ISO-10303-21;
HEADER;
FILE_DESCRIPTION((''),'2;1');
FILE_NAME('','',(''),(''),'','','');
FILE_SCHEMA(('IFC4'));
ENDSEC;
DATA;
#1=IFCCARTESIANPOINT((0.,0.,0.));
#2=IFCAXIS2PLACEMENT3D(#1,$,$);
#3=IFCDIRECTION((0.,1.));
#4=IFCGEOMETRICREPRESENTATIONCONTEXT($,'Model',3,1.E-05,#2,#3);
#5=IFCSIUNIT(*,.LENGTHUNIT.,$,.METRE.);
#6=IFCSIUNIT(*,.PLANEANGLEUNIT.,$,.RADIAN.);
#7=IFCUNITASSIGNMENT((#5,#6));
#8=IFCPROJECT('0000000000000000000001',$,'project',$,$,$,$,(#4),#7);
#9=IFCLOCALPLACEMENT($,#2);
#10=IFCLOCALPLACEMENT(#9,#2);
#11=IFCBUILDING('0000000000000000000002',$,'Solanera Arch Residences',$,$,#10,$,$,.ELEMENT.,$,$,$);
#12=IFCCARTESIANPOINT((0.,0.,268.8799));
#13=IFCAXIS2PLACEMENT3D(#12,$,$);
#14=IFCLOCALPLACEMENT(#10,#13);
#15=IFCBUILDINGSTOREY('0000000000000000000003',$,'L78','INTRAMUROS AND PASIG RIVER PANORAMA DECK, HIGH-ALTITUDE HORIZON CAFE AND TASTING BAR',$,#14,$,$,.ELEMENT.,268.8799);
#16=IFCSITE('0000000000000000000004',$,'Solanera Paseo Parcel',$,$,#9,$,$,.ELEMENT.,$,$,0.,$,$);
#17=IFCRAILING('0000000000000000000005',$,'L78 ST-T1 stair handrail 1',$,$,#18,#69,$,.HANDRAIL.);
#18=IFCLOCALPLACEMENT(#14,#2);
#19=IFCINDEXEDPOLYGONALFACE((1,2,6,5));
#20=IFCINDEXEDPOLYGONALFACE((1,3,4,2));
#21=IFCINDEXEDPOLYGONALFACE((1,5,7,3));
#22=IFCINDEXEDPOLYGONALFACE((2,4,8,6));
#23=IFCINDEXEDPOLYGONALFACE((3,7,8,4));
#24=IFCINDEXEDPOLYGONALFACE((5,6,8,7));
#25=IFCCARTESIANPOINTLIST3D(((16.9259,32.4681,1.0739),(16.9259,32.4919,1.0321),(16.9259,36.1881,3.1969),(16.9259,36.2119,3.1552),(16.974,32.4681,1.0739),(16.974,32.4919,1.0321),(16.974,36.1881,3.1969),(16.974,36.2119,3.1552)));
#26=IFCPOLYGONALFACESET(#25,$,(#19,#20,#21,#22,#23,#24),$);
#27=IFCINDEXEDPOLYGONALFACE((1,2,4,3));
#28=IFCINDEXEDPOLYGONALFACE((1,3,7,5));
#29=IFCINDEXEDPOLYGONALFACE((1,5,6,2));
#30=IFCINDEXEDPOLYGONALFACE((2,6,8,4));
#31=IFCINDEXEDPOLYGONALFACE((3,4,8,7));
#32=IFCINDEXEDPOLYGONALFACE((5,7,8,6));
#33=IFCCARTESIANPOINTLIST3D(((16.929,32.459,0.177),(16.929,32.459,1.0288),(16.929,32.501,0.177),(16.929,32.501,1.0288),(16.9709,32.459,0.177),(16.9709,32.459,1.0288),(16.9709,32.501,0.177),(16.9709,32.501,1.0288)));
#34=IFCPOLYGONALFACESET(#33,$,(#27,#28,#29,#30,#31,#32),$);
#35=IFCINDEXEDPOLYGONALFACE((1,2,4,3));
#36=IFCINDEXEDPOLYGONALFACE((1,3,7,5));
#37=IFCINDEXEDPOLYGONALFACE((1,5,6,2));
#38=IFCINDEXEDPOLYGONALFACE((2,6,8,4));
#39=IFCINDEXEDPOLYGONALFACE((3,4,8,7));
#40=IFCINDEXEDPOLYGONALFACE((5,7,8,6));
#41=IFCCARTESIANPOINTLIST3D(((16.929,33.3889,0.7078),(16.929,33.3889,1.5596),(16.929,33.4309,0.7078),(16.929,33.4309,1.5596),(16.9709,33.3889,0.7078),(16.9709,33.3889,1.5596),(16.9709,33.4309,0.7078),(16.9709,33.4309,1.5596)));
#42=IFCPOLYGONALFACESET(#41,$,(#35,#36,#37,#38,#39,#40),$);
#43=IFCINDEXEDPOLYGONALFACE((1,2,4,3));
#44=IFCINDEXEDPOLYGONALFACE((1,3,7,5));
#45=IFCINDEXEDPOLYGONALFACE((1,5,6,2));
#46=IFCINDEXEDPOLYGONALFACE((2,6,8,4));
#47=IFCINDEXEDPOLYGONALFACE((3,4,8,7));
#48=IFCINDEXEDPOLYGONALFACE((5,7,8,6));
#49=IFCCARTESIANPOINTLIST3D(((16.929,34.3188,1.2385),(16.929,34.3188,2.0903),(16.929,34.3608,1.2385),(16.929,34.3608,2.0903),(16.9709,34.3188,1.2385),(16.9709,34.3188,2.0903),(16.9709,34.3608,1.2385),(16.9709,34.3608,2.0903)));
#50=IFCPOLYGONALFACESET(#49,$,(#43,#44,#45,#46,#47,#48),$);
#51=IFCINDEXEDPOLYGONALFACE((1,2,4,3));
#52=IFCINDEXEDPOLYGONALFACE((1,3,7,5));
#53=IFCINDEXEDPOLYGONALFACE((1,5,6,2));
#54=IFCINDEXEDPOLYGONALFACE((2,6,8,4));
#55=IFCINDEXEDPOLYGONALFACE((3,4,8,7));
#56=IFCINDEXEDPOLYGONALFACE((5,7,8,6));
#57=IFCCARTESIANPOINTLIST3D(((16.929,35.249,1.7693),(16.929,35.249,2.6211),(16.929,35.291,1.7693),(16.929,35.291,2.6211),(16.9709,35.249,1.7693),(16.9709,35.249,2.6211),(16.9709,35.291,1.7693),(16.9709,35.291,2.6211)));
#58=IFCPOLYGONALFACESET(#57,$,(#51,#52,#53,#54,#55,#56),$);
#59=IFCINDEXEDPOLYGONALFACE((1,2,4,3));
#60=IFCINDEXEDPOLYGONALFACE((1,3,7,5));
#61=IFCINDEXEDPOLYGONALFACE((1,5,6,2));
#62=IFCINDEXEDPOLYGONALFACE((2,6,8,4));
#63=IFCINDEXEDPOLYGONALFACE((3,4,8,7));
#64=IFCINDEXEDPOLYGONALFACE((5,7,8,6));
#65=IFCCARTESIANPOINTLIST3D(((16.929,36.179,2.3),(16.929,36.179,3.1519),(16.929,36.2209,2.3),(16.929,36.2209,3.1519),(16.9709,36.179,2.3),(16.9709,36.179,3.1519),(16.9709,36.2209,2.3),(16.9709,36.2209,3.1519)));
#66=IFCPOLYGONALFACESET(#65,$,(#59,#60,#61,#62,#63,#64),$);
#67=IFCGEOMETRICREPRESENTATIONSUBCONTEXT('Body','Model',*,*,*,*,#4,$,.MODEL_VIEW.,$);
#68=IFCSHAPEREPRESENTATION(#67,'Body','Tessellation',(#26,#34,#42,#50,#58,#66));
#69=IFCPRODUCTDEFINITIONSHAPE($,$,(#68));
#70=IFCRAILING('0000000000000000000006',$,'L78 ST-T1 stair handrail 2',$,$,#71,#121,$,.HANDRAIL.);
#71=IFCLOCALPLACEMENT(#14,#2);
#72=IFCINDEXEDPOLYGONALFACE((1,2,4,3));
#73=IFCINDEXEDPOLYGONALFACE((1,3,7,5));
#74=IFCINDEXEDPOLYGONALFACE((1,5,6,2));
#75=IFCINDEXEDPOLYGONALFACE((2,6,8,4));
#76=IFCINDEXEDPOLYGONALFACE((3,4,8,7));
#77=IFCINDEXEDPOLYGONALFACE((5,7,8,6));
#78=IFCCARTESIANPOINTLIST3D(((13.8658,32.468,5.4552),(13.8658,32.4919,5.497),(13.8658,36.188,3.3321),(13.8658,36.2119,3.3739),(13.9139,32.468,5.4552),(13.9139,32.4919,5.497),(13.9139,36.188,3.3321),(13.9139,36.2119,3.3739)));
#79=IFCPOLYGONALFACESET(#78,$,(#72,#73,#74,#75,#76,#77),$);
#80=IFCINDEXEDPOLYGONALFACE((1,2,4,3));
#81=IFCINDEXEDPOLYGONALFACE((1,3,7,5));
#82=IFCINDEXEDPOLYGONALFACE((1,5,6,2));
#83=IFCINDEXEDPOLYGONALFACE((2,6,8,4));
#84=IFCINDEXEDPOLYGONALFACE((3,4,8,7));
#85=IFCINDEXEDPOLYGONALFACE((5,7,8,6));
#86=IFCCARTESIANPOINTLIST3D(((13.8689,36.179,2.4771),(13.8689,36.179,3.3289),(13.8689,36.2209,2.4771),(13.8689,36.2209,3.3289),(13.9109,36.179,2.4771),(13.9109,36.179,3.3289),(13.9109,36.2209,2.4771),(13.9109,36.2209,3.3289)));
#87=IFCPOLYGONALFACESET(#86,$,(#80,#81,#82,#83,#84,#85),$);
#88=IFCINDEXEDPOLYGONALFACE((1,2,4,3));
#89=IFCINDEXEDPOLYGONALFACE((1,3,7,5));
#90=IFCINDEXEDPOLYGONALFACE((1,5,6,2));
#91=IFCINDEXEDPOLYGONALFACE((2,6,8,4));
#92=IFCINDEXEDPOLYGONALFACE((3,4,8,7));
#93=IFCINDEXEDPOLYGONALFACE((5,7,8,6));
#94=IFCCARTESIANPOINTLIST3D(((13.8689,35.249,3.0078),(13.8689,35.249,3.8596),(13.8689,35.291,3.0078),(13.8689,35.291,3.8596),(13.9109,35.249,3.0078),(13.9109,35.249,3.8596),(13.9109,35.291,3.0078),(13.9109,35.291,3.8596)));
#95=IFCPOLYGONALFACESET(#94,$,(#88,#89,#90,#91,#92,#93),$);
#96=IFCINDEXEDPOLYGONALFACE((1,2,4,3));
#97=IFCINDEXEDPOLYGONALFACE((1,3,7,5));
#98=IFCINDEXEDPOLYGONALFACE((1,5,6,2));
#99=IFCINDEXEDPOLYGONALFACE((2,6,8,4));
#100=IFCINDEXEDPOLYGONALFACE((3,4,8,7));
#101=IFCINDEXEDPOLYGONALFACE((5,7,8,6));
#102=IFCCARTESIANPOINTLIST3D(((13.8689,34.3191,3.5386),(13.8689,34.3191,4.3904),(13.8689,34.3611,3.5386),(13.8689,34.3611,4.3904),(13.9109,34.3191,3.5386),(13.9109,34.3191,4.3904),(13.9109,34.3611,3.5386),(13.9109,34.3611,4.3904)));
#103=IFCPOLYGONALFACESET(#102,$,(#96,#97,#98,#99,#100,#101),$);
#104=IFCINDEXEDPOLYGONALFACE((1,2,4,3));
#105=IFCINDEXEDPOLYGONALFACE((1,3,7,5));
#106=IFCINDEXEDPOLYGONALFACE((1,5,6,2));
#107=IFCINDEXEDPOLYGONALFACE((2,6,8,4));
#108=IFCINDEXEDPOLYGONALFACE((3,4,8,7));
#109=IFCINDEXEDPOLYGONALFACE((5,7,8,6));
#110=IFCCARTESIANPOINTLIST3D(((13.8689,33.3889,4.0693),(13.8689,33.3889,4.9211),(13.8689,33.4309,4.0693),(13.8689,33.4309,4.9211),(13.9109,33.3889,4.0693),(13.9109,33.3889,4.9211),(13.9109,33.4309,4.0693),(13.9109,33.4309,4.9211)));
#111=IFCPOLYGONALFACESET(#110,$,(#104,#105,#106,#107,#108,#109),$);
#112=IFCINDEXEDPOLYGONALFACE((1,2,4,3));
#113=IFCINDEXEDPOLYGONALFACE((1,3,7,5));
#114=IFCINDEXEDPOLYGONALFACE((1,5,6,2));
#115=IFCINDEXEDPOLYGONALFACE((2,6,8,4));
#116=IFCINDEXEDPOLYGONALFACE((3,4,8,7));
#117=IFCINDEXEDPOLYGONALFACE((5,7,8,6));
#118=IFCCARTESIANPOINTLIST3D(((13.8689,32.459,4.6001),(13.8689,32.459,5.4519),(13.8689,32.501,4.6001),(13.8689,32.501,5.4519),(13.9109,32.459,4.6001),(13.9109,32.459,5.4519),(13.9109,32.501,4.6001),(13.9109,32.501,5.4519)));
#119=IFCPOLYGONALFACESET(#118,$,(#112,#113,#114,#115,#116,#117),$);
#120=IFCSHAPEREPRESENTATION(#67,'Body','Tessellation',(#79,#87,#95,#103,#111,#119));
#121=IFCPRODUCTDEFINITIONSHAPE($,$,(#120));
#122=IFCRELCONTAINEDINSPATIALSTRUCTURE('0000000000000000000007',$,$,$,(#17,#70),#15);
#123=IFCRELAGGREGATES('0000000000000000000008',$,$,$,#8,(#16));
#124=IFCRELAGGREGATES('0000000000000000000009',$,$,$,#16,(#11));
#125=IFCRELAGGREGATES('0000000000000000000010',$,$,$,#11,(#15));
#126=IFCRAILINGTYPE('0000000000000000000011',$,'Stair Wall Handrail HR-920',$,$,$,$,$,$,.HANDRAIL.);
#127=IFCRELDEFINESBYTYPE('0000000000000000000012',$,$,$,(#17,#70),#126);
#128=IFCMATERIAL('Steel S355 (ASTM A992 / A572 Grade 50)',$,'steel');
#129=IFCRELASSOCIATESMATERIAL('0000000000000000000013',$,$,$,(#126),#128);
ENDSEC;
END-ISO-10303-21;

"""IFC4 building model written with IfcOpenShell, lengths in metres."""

from ifc_helpers import new_model, si_unit, direction, frame, origin, origin_2d, place, context, subcontext, project, spatial, rectangle, extrude, material, type_object, element, save


model = new_model("IFC4")

# Units and contexts
model_context = context("Model", 3, precision=1e-05, world=origin(), true_north=direction((0.0, 1.0)))
body_context = subcontext(model_context, "Body", "Model", "MODEL_VIEW")
ifc_project = project(units=[si_unit("LENGTHUNIT", "METRE"), si_unit("PLANEANGLEUNIT", "RADIAN")], contexts=[model_context])

# Site, building, storey
site_placement = place(None, origin())
site = spatial("IfcSite", under=ifc_project, at=site_placement, Name="Solanera Paseo Parcel", CompositionType="ELEMENT", RefElevation=0.0)
building_placement = place(site_placement, origin())
building = spatial("IfcBuilding", under=site, at=building_placement, Name="Solanera Arch Residences", CompositionType="ELEMENT")
storey_placement = place(building_placement, frame((0.0, 0.0, 268.8799)))
storey = spatial("IfcBuildingStorey", under=building, at=storey_placement, Name="L78", Description="INTRAMUROS AND PASIG RIVER PANORAMA DECK, HIGH-ALTITUDE HORIZON CAFE AND TASTING BAR", CompositionType="ELEMENT", Elevation=268.8799)

# Railings
ifc_material_1 = material(Name="Steel S355 (ASTM A992 / A572 Grade 50)", Category="steel")
railing_type_1 = type_object("IfcRailingType", Name="Stair Wall Handrail HR-920", PredefinedType="HANDRAIL", material=ifc_material_1)
railing_1_placement = place(storey_placement, frame((16.95, 32.48, 0.177)))
element("IfcRailing", 1, at=railing_1_placement, inside=storey, type_object=railing_type_1, Name="L78 ST-T1 stair handrail 1", PredefinedType="HANDRAIL", context=body_context, shape_type="SweptSolid", body=[
    extrude(rectangle(XDim=0.0481, YDim=0.0481, at=origin_2d()), frame((0.0, 0.0, 0.876), z_axis=(0.0, 0.86851, 0.495672), x_axis=(-1.0, 0.0, 0.0)), (0.0, 0.0, 1.0), 4.2832),
    extrude(rectangle(XDim=0.042, YDim=0.042, at=origin_2d()), origin(), (0.0, 0.0, 1.0), 0.8518),
    extrude(rectangle(XDim=0.042, YDim=0.042, at=origin_2d()), frame((0.0, 0.9299, 0.5308)), (0.0, 0.0, 1.0), 0.8518),
    extrude(rectangle(XDim=0.042, YDim=0.042, at=origin_2d()), frame((0.0, 1.8599, 1.0615)), (0.0, 0.0, 1.0), 0.8518),
    extrude(rectangle(XDim=0.042, YDim=0.042, at=origin_2d()), frame((0.0, 2.79, 1.5923)), (0.0, 0.0, 1.0), 0.8518),
    extrude(rectangle(XDim=0.042, YDim=0.042, at=origin_2d()), frame((0.0, 3.72, 2.123)), (0.0, 0.0, 1.0), 0.8518),
])
railing_2_placement = place(storey_placement, frame((13.8899, 36.2, 2.4771)))
element("IfcRailing", 2, at=railing_2_placement, inside=storey, type_object=railing_type_1, Name="L78 ST-T1 stair handrail 2", PredefinedType="HANDRAIL", context=body_context, shape_type="SweptSolid", body=[
    extrude(rectangle(XDim=0.0481, YDim=0.0481, at=origin_2d()), frame((0.0, 0.0, 0.876), z_axis=(0.0, -0.86851, 0.495672), x_axis=(1.0, 0.0, 0.0)), (0.0, 0.0, 1.0), 4.2832),
    extrude(rectangle(XDim=0.042, YDim=0.042, at=origin_2d()), origin(), (0.0, 0.0, 1.0), 0.8518),
    extrude(rectangle(XDim=0.042, YDim=0.042, at=origin_2d()), frame((0.0, -0.9299, 0.5308)), (0.0, 0.0, 1.0), 0.8518),
    extrude(rectangle(XDim=0.042, YDim=0.042, at=origin_2d()), frame((0.0, -1.8599, 1.0615)), (0.0, 0.0, 1.0), 0.8518),
    extrude(rectangle(XDim=0.042, YDim=0.042, at=origin_2d()), frame((0.0, -2.79, 1.5923)), (0.0, 0.0, 1.0), 0.8518),
    extrude(rectangle(XDim=0.042, YDim=0.042, at=origin_2d()), frame((0.0, -3.72, 2.123)), (0.0, 0.0, 1.0), 0.8518),
])

save(model, "model.ifc")
